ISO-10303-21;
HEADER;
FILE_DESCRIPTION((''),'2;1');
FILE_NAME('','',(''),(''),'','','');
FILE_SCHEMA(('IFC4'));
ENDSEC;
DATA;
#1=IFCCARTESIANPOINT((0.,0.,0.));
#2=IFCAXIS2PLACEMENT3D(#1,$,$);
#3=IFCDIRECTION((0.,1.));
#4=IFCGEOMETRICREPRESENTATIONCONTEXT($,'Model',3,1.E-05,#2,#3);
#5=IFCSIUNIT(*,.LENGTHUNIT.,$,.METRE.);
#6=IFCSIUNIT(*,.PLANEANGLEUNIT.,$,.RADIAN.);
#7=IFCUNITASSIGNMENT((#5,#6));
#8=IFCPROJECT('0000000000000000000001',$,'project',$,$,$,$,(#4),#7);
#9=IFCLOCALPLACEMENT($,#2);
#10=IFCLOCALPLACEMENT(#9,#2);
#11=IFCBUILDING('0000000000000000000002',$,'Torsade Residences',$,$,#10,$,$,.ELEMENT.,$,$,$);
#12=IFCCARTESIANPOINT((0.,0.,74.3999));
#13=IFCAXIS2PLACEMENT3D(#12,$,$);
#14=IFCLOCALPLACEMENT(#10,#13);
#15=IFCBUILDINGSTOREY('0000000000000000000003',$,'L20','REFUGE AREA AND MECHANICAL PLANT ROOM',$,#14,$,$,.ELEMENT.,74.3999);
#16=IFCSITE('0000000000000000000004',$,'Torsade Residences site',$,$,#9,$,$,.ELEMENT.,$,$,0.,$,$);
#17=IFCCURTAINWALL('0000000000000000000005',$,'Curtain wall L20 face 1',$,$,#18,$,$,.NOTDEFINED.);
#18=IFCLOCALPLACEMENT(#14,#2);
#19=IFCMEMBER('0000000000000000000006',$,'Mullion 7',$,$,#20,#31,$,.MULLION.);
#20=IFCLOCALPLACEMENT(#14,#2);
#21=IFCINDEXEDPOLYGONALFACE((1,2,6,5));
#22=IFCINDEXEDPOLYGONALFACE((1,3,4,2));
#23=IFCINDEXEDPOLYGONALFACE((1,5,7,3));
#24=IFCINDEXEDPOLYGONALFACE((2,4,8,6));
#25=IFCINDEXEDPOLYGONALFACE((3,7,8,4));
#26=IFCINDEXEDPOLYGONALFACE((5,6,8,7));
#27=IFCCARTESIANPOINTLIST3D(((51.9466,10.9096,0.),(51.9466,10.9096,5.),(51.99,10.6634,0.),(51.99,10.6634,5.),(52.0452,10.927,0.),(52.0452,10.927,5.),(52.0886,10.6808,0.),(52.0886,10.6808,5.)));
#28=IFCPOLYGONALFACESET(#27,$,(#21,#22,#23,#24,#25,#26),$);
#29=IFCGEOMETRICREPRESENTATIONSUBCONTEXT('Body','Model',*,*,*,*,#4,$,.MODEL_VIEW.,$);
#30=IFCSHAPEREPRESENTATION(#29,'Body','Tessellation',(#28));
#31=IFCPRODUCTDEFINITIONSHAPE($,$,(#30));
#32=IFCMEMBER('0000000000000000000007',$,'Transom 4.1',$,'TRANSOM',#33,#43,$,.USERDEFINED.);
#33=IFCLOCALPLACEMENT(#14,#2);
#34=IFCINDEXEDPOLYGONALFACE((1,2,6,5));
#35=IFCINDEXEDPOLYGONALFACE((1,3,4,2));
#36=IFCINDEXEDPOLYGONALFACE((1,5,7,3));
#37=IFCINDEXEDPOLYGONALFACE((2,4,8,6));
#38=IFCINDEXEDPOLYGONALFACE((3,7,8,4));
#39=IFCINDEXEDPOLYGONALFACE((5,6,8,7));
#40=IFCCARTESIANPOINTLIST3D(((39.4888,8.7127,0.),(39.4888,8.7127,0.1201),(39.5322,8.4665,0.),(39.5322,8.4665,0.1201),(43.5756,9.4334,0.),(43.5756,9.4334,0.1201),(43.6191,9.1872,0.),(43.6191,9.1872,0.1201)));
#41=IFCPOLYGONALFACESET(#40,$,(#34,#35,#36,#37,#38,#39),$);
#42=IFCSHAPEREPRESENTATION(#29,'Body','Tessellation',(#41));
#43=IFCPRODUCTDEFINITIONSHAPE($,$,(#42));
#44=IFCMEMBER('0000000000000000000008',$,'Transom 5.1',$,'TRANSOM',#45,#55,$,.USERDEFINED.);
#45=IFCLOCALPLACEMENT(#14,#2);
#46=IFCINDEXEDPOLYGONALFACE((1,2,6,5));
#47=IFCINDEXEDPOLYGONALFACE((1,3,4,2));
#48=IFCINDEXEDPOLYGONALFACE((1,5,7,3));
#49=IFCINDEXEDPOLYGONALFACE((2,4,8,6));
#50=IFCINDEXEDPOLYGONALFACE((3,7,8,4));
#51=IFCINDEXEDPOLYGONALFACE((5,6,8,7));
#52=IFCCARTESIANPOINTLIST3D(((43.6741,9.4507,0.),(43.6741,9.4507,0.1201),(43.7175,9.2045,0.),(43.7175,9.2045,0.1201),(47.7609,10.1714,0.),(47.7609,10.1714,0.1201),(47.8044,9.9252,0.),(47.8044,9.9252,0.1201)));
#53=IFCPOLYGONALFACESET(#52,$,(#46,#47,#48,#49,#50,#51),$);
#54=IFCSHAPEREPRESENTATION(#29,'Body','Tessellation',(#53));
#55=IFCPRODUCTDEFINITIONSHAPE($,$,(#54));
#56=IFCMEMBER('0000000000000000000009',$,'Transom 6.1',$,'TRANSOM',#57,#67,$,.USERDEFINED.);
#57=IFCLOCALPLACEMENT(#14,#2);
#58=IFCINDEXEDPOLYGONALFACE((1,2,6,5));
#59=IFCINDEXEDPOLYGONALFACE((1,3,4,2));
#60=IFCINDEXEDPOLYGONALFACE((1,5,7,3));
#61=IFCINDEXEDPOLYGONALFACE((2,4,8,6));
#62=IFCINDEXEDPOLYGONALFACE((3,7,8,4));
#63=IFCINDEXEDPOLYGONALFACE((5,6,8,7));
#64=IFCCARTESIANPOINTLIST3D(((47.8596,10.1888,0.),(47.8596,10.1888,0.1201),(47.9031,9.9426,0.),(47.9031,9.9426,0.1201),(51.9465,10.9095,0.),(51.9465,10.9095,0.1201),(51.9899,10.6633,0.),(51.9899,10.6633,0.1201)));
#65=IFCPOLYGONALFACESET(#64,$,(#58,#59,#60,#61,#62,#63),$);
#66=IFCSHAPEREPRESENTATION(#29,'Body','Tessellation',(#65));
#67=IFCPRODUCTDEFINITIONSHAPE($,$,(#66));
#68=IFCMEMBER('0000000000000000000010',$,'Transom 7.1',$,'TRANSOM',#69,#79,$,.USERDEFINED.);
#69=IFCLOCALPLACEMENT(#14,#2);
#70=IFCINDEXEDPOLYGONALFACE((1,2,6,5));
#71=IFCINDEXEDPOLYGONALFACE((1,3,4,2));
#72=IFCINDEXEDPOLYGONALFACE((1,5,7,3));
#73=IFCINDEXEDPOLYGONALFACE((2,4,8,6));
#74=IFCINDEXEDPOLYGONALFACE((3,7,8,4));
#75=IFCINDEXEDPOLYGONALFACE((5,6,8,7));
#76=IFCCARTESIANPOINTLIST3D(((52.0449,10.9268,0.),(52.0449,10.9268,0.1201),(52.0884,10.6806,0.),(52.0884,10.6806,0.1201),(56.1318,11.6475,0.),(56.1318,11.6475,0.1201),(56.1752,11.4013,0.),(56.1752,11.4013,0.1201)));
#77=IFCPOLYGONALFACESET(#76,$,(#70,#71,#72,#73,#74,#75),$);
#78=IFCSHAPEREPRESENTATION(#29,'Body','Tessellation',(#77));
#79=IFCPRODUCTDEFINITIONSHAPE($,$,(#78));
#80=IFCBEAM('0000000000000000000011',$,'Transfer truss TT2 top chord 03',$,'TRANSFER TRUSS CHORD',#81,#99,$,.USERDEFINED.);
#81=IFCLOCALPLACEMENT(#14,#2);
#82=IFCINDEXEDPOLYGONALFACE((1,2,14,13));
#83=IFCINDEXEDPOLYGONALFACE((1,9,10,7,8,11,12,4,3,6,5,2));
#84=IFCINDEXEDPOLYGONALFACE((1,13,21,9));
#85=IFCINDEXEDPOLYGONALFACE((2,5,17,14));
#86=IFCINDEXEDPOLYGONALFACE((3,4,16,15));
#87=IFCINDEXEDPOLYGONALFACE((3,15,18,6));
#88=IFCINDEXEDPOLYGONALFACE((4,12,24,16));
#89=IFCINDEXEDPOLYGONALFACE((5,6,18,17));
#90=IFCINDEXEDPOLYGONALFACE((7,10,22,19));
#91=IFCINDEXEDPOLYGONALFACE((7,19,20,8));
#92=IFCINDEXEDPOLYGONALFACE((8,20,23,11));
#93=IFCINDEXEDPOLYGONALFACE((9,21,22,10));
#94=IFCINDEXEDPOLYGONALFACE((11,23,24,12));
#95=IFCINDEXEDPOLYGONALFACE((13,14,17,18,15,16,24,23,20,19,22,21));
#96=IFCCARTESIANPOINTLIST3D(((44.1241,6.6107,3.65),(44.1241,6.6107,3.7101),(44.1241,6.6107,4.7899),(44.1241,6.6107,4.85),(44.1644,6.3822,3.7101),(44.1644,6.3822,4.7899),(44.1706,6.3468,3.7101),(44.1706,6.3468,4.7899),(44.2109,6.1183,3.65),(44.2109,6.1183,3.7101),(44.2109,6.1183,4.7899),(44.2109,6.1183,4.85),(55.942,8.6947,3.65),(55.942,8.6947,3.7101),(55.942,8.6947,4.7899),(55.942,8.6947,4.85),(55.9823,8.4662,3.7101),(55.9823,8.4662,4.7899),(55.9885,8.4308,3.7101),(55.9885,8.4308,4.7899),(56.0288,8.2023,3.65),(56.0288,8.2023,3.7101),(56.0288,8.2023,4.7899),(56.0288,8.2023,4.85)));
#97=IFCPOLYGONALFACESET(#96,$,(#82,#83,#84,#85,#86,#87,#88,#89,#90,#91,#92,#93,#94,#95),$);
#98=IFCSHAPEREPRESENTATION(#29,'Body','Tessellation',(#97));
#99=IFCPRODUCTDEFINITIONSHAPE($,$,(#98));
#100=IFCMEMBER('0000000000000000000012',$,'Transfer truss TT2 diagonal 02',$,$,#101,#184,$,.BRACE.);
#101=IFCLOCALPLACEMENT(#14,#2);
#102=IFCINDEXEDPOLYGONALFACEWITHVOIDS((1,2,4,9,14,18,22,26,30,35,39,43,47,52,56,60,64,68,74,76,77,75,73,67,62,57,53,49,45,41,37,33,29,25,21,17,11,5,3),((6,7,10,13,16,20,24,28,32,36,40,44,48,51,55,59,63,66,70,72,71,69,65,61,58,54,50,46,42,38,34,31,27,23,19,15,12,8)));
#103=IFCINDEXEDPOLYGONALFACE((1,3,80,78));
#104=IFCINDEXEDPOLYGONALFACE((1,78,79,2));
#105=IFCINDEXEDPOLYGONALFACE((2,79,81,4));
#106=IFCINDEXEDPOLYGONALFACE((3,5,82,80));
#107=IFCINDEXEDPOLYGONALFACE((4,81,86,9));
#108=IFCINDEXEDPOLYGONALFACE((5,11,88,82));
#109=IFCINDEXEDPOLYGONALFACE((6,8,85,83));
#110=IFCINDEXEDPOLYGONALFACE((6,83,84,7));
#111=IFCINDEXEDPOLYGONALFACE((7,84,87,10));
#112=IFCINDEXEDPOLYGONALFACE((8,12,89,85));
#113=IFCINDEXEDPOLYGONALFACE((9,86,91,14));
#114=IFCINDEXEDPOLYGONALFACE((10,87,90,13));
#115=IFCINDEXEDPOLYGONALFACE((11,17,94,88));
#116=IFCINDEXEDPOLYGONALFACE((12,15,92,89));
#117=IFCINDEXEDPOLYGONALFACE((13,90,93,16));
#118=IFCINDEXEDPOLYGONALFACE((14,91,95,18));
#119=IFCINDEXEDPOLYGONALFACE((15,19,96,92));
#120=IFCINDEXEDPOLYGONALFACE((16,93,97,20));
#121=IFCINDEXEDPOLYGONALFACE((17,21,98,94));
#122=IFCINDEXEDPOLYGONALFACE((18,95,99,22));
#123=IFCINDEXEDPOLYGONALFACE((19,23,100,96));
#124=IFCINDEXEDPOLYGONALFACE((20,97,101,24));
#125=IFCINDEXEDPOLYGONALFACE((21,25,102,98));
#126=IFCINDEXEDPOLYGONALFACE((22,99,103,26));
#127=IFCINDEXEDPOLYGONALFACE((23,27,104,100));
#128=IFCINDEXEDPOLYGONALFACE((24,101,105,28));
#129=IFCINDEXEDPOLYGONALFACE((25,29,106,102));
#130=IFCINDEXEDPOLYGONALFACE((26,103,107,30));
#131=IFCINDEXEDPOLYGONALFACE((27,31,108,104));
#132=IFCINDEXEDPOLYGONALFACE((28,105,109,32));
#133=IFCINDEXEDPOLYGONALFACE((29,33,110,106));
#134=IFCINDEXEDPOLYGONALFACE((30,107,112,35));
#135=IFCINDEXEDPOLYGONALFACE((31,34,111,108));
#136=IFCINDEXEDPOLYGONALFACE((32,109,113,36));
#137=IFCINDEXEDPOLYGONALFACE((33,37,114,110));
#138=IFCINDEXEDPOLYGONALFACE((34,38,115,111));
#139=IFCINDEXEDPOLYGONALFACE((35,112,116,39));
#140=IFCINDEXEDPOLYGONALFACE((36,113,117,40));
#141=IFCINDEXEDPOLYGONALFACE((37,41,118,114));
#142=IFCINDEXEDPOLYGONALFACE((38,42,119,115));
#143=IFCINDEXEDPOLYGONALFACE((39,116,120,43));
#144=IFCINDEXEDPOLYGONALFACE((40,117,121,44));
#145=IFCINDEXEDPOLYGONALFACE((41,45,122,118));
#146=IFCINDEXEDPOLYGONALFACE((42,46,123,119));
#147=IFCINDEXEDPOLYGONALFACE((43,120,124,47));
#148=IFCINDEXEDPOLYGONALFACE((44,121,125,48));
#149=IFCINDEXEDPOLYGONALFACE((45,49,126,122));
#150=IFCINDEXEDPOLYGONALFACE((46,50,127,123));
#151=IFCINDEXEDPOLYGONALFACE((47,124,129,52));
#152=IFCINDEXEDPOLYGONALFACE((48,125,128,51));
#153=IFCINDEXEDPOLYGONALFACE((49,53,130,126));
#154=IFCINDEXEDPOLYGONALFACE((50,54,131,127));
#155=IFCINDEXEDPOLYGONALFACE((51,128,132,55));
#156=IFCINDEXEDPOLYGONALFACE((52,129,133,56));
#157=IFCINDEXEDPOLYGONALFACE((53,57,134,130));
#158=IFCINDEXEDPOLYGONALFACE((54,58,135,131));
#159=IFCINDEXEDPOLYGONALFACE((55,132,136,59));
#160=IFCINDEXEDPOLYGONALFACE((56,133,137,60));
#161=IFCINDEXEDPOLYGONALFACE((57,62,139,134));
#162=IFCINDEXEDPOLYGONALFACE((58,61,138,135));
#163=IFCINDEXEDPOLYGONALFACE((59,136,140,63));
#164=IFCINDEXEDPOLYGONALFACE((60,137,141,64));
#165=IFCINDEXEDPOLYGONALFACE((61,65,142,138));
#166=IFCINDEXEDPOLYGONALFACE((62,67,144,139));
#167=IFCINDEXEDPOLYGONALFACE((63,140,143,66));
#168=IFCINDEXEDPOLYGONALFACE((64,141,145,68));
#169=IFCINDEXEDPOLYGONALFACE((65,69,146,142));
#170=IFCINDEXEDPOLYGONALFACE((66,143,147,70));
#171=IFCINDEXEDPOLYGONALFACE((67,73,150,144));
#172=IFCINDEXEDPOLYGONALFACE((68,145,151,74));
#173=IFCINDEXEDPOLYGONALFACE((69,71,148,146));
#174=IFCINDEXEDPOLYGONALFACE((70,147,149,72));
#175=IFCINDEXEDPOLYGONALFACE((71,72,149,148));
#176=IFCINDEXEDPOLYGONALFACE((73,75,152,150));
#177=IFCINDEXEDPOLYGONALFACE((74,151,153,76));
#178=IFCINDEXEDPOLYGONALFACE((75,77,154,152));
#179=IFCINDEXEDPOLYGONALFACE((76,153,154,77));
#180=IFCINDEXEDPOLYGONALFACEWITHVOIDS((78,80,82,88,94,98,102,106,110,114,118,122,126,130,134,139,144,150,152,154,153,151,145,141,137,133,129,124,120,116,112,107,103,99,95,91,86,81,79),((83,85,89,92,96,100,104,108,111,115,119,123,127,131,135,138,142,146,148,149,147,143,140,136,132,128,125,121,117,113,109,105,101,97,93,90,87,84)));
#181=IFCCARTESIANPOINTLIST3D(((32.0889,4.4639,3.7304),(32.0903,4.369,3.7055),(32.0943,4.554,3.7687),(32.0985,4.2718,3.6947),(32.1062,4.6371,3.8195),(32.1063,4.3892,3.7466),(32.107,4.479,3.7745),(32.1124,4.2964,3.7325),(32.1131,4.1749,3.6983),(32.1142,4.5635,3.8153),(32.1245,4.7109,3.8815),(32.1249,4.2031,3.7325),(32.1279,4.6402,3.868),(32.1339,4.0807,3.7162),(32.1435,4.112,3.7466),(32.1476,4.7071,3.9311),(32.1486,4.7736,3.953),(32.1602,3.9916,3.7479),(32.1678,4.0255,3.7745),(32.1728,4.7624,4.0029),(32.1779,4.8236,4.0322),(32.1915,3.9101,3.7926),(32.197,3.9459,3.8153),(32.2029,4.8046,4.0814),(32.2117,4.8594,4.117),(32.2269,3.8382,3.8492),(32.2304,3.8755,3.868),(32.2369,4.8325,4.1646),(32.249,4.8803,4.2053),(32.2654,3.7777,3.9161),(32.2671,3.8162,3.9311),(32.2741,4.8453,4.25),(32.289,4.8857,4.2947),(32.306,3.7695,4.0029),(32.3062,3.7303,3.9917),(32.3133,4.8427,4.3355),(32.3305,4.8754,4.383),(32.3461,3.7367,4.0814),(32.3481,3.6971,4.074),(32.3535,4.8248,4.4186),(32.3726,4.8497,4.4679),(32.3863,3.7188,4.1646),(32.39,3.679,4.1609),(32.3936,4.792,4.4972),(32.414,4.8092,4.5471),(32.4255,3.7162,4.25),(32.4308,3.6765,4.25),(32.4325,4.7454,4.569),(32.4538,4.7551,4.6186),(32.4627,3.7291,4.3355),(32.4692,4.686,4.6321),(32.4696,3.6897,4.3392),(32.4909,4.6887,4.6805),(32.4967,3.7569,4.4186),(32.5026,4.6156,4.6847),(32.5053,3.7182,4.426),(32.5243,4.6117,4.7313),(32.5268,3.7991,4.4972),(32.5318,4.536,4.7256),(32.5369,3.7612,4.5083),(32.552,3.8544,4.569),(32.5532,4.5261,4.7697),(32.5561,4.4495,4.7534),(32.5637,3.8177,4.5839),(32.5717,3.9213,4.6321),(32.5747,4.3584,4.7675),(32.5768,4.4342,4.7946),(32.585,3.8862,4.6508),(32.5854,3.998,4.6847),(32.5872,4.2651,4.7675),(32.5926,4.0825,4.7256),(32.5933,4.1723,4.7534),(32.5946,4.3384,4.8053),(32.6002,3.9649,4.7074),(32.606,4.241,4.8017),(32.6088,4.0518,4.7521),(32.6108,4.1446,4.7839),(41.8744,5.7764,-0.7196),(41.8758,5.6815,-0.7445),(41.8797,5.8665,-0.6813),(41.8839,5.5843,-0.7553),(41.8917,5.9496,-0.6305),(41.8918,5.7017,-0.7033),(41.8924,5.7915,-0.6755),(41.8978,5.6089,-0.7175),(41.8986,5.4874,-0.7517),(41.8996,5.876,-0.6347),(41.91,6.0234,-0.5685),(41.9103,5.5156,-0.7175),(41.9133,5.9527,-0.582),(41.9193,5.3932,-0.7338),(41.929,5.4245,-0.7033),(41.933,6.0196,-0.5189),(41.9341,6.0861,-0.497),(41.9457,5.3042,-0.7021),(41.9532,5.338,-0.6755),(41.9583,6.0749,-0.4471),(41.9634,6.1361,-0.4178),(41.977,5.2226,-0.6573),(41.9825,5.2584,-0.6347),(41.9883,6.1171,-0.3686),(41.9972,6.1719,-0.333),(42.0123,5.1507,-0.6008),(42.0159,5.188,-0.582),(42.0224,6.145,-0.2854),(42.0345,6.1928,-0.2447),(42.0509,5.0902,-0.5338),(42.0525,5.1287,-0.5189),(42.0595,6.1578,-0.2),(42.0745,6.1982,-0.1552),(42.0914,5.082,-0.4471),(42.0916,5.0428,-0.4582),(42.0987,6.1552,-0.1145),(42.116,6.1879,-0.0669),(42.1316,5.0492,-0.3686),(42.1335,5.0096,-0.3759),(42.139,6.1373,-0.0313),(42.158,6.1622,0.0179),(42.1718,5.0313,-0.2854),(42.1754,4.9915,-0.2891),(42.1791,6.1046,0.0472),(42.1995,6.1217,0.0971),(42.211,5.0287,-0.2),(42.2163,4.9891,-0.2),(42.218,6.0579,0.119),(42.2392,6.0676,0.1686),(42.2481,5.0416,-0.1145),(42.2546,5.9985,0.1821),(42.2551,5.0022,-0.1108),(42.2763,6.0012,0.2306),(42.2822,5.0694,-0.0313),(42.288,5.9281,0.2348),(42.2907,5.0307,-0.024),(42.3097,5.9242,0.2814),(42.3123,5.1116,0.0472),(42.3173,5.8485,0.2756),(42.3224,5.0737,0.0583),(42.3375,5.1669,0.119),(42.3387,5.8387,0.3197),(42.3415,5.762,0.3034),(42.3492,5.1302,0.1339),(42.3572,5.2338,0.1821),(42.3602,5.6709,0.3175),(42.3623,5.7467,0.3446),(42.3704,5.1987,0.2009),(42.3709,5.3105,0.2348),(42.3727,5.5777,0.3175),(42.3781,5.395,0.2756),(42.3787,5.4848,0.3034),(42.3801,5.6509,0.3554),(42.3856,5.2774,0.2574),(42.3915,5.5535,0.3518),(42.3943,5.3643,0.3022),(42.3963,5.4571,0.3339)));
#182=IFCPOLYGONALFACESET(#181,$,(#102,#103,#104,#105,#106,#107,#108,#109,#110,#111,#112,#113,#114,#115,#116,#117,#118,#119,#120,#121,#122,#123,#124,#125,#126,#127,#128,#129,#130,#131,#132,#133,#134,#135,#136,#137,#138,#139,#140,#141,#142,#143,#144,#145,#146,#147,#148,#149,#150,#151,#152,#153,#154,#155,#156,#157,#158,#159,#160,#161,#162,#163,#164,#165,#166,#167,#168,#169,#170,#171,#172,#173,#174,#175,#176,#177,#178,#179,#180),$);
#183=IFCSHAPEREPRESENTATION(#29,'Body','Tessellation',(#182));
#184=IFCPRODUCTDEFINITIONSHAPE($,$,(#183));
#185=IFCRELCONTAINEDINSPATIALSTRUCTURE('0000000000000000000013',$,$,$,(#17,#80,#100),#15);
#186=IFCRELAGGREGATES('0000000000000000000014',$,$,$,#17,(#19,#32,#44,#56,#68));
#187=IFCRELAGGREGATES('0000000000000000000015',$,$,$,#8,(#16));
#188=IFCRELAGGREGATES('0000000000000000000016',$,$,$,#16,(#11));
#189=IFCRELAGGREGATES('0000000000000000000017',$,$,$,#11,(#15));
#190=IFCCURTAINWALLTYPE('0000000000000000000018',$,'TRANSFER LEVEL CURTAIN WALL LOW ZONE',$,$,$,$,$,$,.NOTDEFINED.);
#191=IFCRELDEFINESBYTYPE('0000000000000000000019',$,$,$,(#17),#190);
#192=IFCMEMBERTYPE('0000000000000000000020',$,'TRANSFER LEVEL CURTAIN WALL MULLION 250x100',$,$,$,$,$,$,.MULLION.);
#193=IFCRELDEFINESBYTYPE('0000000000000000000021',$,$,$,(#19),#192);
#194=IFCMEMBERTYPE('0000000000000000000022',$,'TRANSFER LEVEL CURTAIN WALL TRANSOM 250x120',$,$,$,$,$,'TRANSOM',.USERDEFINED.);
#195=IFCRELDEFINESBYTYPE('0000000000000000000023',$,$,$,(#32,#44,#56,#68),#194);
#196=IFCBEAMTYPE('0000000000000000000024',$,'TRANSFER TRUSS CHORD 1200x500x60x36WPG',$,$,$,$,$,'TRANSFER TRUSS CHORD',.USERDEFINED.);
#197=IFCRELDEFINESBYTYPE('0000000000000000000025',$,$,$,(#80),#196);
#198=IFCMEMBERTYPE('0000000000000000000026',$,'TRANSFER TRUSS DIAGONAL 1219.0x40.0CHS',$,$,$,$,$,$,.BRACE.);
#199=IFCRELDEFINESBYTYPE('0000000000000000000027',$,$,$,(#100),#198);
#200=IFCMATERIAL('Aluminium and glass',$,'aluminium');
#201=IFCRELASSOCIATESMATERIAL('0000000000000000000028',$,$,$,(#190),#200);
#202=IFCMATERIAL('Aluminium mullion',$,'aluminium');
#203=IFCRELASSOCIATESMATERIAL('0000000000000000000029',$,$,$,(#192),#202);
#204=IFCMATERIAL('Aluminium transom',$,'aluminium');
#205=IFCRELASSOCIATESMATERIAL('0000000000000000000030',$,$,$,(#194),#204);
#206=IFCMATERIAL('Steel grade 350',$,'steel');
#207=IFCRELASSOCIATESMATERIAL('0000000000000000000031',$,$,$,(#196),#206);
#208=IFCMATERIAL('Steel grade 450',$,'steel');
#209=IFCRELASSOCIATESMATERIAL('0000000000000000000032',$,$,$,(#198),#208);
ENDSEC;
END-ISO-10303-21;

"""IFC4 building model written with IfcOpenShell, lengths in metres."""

from ifc_helpers import new_model, si_unit, direction, frame, origin, origin_2d, place, context, subcontext, project, spatial, rectangle, hollow_circle, i_section, extrude, material, material_profile, profile_set, type_object, element, aggregate, save


model = new_model("IFC4")

# Units and contexts
model_context = context("Model", 3, precision=1e-05, world=origin(), true_north=direction((0.0, 1.0)))
body_context = subcontext(model_context, "Body", "Model", "MODEL_VIEW")
ifc_project = project(units=[si_unit("LENGTHUNIT", "METRE"), si_unit("PLANEANGLEUNIT", "RADIAN")], contexts=[model_context])

# Site, building, storey
site_placement = place(None, origin())
site = spatial("IfcSite", under=ifc_project, at=site_placement, Name="Torsade Residences site", CompositionType="ELEMENT", RefElevation=0.0)
building_placement = place(site_placement, origin())
building = spatial("IfcBuilding", under=site, at=building_placement, Name="Torsade Residences", CompositionType="ELEMENT")
storey_placement = place(building_placement, frame((0.0, 0.0, 74.3999)))
storey = spatial("IfcBuildingStorey", under=building, at=storey_placement, Name="L20", Description="REFUGE AREA AND MECHANICAL PLANT ROOM", CompositionType="ELEMENT", Elevation=74.3999)

# Curtain wall, members
ifc_material_1 = material(Name="Aluminium and glass", Category="aluminium")
curtain_wall_type = type_object("IfcCurtainWallType", Name="TRANSFER LEVEL CURTAIN WALL LOW ZONE", PredefinedType="NOTDEFINED", material=ifc_material_1)
curtain_wall_placement = place(storey_placement, origin())
curtain_wall = element("IfcCurtainWall", 1, at=curtain_wall_placement, inside=storey, type_object=curtain_wall_type, Name="Curtain wall L20 face 1", PredefinedType="NOTDEFINED")
ifc_material_2 = material(Name="Aluminium mullion", Category="aluminium")
ifc_material_profile_1 = material_profile(ifc_material_2, rectangle(XDim=0.25, YDim=0.1001, at=origin_2d()), Name="TRANSFER LEVEL CURTAIN WALL MULLION 250x100")
ifc_profile_set_1 = profile_set([ifc_material_profile_1], Name="Aluminium mullion")
member_type_1 = type_object("IfcMemberType", Name="TRANSFER LEVEL CURTAIN WALL MULLION 250x100", PredefinedType="MULLION", material=ifc_profile_set_1)
member_1_placement = place(storey_placement, frame((52.0176, 10.7952, 0.0), z_axis=(0.0, 0.0, 1.0), x_axis=(-0.173648, 0.984808, 0.0)))
member_1 = element("IfcMember", 2, at=member_1_placement, type_object=member_type_1, Name="Mullion 7", PredefinedType="MULLION", context=body_context, shape_type="SweptSolid", body=[
    extrude(rectangle(XDim=0.25, YDim=0.1001, at=origin_2d()), origin(), (0.0, 0.0, 1.0), 5.0),
])
ifc_material_3 = material(Name="Aluminium transom", Category="aluminium")
ifc_material_profile_2 = material_profile(ifc_material_3, rectangle(XDim=0.25, YDim=0.1201, at=origin_2d()), Name="TRANSFER LEVEL CURTAIN WALL TRANSOM 250x120")
ifc_profile_set_2 = profile_set([ifc_material_profile_2], Name="Aluminium transom")
member_type_2 = type_object("IfcMemberType", Name="TRANSFER LEVEL CURTAIN WALL TRANSOM 250x120", ElementType="TRANSOM", PredefinedType="USERDEFINED", material=ifc_profile_set_2)
member_2_placement = place(storey_placement, frame((39.5105, 8.5896, 0.0601), z_axis=(0.984805, 0.173665, 0.0), x_axis=(-0.173665, 0.984805, 0.0)))
member_2 = element("IfcMember", 3, at=member_2_placement, type_object=member_type_2, Name="Transom 4.1", ObjectType="TRANSOM", PredefinedType="USERDEFINED", context=body_context, shape_type="SweptSolid", body=[
    extrude(rectangle(XDim=0.25, YDim=0.1201, at=origin_2d()), origin(), (0.0, 0.0, 1.0), 4.1499),
])
member_3_placement = place(storey_placement, frame((43.6958, 9.3276, 0.0601), z_axis=(0.984805, 0.173665, 0.0), x_axis=(-0.173665, 0.984805, 0.0)))
member_3 = element("IfcMember", 4, at=member_3_placement, type_object=member_type_2, Name="Transom 5.1", ObjectType="TRANSOM", PredefinedType="USERDEFINED", context=body_context, shape_type="SweptSolid", body=[
    extrude(rectangle(XDim=0.25, YDim=0.1201, at=origin_2d()), origin(), (0.0, 0.0, 1.0), 4.1499),
])
member_4_placement = place(storey_placement, frame((47.8813, 10.0657, 0.0601), z_axis=(0.984805, 0.173665, 0.0), x_axis=(-0.173665, 0.984805, 0.0)))
member_4 = element("IfcMember", 5, at=member_4_placement, type_object=member_type_2, Name="Transom 6.1", ObjectType="TRANSOM", PredefinedType="USERDEFINED", context=body_context, shape_type="SweptSolid", body=[
    extrude(rectangle(XDim=0.25, YDim=0.1201, at=origin_2d()), origin(), (0.0, 0.0, 1.0), 4.1499),
])
member_5_placement = place(storey_placement, frame((52.0667, 10.8037, 0.0601), z_axis=(0.984805, 0.173665, 0.0), x_axis=(-0.173665, 0.984805, 0.0)))
member_5 = element("IfcMember", 6, at=member_5_placement, type_object=member_type_2, Name="Transom 7.1", ObjectType="TRANSOM", PredefinedType="USERDEFINED", context=body_context, shape_type="SweptSolid", body=[
    extrude(rectangle(XDim=0.25, YDim=0.1201, at=origin_2d()), origin(), (0.0, 0.0, 1.0), 4.1499),
])

# Beam
ifc_material_4 = material(Name="Steel grade 350", Category="steel")
ifc_material_profile_3 = material_profile(ifc_material_4, i_section(OverallWidth=0.5, OverallDepth=1.2, WebThickness=0.0359, FlangeThickness=0.0601, at=origin_2d()), Name="1200x500x60x36WPG")
ifc_profile_set_3 = profile_set([ifc_material_profile_3], Name="Steel grade 350")
beam_type_1 = type_object("IfcBeamType", Name="TRANSFER TRUSS CHORD 1200x500x60x36WPG", ElementType="TRANSFER TRUSS CHORD", PredefinedType="USERDEFINED", material=ifc_profile_set_3)
beam_1_placement = place(storey_placement, frame((44.1675, 6.3645, 4.25), z_axis=(0.984805, 0.173662, 0.0), x_axis=(-0.173662, 0.984805, 0.0)))
element("IfcBeam", 7, at=beam_1_placement, inside=storey, type_object=beam_type_1, Name="Transfer truss TT2 top chord 03", ObjectType="TRANSFER TRUSS CHORD", PredefinedType="USERDEFINED", context=body_context, shape_type="SweptSolid", body=[
    extrude(i_section(OverallWidth=0.5, OverallDepth=1.2, WebThickness=0.0359, FlangeThickness=0.0601, at=origin_2d()), origin(), (0.0, 0.0, 1.0), 12.0002),
])

# Member
ifc_material_5 = material(Name="Steel grade 450", Category="steel")
ifc_material_profile_4 = material_profile(ifc_material_5, hollow_circle(Radius=0.6096, WallThickness=0.04, at=origin_2d()), Name="1219.0x40.0CHS")
ifc_profile_set_4 = profile_set([ifc_material_profile_4], Name="Steel grade 450")
member_type_3 = type_object("IfcMemberType", Name="TRANSFER TRUSS DIAGONAL 1219.0x40.0CHS", PredefinedType="BRACE", material=ifc_profile_set_4)
member_6_placement = place(storey_placement, frame((42.1353, 5.5933, -0.2), z_axis=(-0.903585, -0.121196, 0.410909), x_axis=(0.132938, -0.991124, 0.0)))
element("IfcMember", 8, at=member_6_placement, inside=storey, type_object=member_type_3, Name="Transfer truss TT2 diagonal 02", PredefinedType="BRACE", context=body_context, shape_type="SweptSolid", body=[
    extrude(hollow_circle(Radius=0.6096, WallThickness=0.04, at=origin_2d()), origin(), (0.0, 0.0, 1.0), 10.8296),
])

aggregate(curtain_wall, [member_1, member_2, member_3, member_4, member_5])

save(model, "model.ifc")
